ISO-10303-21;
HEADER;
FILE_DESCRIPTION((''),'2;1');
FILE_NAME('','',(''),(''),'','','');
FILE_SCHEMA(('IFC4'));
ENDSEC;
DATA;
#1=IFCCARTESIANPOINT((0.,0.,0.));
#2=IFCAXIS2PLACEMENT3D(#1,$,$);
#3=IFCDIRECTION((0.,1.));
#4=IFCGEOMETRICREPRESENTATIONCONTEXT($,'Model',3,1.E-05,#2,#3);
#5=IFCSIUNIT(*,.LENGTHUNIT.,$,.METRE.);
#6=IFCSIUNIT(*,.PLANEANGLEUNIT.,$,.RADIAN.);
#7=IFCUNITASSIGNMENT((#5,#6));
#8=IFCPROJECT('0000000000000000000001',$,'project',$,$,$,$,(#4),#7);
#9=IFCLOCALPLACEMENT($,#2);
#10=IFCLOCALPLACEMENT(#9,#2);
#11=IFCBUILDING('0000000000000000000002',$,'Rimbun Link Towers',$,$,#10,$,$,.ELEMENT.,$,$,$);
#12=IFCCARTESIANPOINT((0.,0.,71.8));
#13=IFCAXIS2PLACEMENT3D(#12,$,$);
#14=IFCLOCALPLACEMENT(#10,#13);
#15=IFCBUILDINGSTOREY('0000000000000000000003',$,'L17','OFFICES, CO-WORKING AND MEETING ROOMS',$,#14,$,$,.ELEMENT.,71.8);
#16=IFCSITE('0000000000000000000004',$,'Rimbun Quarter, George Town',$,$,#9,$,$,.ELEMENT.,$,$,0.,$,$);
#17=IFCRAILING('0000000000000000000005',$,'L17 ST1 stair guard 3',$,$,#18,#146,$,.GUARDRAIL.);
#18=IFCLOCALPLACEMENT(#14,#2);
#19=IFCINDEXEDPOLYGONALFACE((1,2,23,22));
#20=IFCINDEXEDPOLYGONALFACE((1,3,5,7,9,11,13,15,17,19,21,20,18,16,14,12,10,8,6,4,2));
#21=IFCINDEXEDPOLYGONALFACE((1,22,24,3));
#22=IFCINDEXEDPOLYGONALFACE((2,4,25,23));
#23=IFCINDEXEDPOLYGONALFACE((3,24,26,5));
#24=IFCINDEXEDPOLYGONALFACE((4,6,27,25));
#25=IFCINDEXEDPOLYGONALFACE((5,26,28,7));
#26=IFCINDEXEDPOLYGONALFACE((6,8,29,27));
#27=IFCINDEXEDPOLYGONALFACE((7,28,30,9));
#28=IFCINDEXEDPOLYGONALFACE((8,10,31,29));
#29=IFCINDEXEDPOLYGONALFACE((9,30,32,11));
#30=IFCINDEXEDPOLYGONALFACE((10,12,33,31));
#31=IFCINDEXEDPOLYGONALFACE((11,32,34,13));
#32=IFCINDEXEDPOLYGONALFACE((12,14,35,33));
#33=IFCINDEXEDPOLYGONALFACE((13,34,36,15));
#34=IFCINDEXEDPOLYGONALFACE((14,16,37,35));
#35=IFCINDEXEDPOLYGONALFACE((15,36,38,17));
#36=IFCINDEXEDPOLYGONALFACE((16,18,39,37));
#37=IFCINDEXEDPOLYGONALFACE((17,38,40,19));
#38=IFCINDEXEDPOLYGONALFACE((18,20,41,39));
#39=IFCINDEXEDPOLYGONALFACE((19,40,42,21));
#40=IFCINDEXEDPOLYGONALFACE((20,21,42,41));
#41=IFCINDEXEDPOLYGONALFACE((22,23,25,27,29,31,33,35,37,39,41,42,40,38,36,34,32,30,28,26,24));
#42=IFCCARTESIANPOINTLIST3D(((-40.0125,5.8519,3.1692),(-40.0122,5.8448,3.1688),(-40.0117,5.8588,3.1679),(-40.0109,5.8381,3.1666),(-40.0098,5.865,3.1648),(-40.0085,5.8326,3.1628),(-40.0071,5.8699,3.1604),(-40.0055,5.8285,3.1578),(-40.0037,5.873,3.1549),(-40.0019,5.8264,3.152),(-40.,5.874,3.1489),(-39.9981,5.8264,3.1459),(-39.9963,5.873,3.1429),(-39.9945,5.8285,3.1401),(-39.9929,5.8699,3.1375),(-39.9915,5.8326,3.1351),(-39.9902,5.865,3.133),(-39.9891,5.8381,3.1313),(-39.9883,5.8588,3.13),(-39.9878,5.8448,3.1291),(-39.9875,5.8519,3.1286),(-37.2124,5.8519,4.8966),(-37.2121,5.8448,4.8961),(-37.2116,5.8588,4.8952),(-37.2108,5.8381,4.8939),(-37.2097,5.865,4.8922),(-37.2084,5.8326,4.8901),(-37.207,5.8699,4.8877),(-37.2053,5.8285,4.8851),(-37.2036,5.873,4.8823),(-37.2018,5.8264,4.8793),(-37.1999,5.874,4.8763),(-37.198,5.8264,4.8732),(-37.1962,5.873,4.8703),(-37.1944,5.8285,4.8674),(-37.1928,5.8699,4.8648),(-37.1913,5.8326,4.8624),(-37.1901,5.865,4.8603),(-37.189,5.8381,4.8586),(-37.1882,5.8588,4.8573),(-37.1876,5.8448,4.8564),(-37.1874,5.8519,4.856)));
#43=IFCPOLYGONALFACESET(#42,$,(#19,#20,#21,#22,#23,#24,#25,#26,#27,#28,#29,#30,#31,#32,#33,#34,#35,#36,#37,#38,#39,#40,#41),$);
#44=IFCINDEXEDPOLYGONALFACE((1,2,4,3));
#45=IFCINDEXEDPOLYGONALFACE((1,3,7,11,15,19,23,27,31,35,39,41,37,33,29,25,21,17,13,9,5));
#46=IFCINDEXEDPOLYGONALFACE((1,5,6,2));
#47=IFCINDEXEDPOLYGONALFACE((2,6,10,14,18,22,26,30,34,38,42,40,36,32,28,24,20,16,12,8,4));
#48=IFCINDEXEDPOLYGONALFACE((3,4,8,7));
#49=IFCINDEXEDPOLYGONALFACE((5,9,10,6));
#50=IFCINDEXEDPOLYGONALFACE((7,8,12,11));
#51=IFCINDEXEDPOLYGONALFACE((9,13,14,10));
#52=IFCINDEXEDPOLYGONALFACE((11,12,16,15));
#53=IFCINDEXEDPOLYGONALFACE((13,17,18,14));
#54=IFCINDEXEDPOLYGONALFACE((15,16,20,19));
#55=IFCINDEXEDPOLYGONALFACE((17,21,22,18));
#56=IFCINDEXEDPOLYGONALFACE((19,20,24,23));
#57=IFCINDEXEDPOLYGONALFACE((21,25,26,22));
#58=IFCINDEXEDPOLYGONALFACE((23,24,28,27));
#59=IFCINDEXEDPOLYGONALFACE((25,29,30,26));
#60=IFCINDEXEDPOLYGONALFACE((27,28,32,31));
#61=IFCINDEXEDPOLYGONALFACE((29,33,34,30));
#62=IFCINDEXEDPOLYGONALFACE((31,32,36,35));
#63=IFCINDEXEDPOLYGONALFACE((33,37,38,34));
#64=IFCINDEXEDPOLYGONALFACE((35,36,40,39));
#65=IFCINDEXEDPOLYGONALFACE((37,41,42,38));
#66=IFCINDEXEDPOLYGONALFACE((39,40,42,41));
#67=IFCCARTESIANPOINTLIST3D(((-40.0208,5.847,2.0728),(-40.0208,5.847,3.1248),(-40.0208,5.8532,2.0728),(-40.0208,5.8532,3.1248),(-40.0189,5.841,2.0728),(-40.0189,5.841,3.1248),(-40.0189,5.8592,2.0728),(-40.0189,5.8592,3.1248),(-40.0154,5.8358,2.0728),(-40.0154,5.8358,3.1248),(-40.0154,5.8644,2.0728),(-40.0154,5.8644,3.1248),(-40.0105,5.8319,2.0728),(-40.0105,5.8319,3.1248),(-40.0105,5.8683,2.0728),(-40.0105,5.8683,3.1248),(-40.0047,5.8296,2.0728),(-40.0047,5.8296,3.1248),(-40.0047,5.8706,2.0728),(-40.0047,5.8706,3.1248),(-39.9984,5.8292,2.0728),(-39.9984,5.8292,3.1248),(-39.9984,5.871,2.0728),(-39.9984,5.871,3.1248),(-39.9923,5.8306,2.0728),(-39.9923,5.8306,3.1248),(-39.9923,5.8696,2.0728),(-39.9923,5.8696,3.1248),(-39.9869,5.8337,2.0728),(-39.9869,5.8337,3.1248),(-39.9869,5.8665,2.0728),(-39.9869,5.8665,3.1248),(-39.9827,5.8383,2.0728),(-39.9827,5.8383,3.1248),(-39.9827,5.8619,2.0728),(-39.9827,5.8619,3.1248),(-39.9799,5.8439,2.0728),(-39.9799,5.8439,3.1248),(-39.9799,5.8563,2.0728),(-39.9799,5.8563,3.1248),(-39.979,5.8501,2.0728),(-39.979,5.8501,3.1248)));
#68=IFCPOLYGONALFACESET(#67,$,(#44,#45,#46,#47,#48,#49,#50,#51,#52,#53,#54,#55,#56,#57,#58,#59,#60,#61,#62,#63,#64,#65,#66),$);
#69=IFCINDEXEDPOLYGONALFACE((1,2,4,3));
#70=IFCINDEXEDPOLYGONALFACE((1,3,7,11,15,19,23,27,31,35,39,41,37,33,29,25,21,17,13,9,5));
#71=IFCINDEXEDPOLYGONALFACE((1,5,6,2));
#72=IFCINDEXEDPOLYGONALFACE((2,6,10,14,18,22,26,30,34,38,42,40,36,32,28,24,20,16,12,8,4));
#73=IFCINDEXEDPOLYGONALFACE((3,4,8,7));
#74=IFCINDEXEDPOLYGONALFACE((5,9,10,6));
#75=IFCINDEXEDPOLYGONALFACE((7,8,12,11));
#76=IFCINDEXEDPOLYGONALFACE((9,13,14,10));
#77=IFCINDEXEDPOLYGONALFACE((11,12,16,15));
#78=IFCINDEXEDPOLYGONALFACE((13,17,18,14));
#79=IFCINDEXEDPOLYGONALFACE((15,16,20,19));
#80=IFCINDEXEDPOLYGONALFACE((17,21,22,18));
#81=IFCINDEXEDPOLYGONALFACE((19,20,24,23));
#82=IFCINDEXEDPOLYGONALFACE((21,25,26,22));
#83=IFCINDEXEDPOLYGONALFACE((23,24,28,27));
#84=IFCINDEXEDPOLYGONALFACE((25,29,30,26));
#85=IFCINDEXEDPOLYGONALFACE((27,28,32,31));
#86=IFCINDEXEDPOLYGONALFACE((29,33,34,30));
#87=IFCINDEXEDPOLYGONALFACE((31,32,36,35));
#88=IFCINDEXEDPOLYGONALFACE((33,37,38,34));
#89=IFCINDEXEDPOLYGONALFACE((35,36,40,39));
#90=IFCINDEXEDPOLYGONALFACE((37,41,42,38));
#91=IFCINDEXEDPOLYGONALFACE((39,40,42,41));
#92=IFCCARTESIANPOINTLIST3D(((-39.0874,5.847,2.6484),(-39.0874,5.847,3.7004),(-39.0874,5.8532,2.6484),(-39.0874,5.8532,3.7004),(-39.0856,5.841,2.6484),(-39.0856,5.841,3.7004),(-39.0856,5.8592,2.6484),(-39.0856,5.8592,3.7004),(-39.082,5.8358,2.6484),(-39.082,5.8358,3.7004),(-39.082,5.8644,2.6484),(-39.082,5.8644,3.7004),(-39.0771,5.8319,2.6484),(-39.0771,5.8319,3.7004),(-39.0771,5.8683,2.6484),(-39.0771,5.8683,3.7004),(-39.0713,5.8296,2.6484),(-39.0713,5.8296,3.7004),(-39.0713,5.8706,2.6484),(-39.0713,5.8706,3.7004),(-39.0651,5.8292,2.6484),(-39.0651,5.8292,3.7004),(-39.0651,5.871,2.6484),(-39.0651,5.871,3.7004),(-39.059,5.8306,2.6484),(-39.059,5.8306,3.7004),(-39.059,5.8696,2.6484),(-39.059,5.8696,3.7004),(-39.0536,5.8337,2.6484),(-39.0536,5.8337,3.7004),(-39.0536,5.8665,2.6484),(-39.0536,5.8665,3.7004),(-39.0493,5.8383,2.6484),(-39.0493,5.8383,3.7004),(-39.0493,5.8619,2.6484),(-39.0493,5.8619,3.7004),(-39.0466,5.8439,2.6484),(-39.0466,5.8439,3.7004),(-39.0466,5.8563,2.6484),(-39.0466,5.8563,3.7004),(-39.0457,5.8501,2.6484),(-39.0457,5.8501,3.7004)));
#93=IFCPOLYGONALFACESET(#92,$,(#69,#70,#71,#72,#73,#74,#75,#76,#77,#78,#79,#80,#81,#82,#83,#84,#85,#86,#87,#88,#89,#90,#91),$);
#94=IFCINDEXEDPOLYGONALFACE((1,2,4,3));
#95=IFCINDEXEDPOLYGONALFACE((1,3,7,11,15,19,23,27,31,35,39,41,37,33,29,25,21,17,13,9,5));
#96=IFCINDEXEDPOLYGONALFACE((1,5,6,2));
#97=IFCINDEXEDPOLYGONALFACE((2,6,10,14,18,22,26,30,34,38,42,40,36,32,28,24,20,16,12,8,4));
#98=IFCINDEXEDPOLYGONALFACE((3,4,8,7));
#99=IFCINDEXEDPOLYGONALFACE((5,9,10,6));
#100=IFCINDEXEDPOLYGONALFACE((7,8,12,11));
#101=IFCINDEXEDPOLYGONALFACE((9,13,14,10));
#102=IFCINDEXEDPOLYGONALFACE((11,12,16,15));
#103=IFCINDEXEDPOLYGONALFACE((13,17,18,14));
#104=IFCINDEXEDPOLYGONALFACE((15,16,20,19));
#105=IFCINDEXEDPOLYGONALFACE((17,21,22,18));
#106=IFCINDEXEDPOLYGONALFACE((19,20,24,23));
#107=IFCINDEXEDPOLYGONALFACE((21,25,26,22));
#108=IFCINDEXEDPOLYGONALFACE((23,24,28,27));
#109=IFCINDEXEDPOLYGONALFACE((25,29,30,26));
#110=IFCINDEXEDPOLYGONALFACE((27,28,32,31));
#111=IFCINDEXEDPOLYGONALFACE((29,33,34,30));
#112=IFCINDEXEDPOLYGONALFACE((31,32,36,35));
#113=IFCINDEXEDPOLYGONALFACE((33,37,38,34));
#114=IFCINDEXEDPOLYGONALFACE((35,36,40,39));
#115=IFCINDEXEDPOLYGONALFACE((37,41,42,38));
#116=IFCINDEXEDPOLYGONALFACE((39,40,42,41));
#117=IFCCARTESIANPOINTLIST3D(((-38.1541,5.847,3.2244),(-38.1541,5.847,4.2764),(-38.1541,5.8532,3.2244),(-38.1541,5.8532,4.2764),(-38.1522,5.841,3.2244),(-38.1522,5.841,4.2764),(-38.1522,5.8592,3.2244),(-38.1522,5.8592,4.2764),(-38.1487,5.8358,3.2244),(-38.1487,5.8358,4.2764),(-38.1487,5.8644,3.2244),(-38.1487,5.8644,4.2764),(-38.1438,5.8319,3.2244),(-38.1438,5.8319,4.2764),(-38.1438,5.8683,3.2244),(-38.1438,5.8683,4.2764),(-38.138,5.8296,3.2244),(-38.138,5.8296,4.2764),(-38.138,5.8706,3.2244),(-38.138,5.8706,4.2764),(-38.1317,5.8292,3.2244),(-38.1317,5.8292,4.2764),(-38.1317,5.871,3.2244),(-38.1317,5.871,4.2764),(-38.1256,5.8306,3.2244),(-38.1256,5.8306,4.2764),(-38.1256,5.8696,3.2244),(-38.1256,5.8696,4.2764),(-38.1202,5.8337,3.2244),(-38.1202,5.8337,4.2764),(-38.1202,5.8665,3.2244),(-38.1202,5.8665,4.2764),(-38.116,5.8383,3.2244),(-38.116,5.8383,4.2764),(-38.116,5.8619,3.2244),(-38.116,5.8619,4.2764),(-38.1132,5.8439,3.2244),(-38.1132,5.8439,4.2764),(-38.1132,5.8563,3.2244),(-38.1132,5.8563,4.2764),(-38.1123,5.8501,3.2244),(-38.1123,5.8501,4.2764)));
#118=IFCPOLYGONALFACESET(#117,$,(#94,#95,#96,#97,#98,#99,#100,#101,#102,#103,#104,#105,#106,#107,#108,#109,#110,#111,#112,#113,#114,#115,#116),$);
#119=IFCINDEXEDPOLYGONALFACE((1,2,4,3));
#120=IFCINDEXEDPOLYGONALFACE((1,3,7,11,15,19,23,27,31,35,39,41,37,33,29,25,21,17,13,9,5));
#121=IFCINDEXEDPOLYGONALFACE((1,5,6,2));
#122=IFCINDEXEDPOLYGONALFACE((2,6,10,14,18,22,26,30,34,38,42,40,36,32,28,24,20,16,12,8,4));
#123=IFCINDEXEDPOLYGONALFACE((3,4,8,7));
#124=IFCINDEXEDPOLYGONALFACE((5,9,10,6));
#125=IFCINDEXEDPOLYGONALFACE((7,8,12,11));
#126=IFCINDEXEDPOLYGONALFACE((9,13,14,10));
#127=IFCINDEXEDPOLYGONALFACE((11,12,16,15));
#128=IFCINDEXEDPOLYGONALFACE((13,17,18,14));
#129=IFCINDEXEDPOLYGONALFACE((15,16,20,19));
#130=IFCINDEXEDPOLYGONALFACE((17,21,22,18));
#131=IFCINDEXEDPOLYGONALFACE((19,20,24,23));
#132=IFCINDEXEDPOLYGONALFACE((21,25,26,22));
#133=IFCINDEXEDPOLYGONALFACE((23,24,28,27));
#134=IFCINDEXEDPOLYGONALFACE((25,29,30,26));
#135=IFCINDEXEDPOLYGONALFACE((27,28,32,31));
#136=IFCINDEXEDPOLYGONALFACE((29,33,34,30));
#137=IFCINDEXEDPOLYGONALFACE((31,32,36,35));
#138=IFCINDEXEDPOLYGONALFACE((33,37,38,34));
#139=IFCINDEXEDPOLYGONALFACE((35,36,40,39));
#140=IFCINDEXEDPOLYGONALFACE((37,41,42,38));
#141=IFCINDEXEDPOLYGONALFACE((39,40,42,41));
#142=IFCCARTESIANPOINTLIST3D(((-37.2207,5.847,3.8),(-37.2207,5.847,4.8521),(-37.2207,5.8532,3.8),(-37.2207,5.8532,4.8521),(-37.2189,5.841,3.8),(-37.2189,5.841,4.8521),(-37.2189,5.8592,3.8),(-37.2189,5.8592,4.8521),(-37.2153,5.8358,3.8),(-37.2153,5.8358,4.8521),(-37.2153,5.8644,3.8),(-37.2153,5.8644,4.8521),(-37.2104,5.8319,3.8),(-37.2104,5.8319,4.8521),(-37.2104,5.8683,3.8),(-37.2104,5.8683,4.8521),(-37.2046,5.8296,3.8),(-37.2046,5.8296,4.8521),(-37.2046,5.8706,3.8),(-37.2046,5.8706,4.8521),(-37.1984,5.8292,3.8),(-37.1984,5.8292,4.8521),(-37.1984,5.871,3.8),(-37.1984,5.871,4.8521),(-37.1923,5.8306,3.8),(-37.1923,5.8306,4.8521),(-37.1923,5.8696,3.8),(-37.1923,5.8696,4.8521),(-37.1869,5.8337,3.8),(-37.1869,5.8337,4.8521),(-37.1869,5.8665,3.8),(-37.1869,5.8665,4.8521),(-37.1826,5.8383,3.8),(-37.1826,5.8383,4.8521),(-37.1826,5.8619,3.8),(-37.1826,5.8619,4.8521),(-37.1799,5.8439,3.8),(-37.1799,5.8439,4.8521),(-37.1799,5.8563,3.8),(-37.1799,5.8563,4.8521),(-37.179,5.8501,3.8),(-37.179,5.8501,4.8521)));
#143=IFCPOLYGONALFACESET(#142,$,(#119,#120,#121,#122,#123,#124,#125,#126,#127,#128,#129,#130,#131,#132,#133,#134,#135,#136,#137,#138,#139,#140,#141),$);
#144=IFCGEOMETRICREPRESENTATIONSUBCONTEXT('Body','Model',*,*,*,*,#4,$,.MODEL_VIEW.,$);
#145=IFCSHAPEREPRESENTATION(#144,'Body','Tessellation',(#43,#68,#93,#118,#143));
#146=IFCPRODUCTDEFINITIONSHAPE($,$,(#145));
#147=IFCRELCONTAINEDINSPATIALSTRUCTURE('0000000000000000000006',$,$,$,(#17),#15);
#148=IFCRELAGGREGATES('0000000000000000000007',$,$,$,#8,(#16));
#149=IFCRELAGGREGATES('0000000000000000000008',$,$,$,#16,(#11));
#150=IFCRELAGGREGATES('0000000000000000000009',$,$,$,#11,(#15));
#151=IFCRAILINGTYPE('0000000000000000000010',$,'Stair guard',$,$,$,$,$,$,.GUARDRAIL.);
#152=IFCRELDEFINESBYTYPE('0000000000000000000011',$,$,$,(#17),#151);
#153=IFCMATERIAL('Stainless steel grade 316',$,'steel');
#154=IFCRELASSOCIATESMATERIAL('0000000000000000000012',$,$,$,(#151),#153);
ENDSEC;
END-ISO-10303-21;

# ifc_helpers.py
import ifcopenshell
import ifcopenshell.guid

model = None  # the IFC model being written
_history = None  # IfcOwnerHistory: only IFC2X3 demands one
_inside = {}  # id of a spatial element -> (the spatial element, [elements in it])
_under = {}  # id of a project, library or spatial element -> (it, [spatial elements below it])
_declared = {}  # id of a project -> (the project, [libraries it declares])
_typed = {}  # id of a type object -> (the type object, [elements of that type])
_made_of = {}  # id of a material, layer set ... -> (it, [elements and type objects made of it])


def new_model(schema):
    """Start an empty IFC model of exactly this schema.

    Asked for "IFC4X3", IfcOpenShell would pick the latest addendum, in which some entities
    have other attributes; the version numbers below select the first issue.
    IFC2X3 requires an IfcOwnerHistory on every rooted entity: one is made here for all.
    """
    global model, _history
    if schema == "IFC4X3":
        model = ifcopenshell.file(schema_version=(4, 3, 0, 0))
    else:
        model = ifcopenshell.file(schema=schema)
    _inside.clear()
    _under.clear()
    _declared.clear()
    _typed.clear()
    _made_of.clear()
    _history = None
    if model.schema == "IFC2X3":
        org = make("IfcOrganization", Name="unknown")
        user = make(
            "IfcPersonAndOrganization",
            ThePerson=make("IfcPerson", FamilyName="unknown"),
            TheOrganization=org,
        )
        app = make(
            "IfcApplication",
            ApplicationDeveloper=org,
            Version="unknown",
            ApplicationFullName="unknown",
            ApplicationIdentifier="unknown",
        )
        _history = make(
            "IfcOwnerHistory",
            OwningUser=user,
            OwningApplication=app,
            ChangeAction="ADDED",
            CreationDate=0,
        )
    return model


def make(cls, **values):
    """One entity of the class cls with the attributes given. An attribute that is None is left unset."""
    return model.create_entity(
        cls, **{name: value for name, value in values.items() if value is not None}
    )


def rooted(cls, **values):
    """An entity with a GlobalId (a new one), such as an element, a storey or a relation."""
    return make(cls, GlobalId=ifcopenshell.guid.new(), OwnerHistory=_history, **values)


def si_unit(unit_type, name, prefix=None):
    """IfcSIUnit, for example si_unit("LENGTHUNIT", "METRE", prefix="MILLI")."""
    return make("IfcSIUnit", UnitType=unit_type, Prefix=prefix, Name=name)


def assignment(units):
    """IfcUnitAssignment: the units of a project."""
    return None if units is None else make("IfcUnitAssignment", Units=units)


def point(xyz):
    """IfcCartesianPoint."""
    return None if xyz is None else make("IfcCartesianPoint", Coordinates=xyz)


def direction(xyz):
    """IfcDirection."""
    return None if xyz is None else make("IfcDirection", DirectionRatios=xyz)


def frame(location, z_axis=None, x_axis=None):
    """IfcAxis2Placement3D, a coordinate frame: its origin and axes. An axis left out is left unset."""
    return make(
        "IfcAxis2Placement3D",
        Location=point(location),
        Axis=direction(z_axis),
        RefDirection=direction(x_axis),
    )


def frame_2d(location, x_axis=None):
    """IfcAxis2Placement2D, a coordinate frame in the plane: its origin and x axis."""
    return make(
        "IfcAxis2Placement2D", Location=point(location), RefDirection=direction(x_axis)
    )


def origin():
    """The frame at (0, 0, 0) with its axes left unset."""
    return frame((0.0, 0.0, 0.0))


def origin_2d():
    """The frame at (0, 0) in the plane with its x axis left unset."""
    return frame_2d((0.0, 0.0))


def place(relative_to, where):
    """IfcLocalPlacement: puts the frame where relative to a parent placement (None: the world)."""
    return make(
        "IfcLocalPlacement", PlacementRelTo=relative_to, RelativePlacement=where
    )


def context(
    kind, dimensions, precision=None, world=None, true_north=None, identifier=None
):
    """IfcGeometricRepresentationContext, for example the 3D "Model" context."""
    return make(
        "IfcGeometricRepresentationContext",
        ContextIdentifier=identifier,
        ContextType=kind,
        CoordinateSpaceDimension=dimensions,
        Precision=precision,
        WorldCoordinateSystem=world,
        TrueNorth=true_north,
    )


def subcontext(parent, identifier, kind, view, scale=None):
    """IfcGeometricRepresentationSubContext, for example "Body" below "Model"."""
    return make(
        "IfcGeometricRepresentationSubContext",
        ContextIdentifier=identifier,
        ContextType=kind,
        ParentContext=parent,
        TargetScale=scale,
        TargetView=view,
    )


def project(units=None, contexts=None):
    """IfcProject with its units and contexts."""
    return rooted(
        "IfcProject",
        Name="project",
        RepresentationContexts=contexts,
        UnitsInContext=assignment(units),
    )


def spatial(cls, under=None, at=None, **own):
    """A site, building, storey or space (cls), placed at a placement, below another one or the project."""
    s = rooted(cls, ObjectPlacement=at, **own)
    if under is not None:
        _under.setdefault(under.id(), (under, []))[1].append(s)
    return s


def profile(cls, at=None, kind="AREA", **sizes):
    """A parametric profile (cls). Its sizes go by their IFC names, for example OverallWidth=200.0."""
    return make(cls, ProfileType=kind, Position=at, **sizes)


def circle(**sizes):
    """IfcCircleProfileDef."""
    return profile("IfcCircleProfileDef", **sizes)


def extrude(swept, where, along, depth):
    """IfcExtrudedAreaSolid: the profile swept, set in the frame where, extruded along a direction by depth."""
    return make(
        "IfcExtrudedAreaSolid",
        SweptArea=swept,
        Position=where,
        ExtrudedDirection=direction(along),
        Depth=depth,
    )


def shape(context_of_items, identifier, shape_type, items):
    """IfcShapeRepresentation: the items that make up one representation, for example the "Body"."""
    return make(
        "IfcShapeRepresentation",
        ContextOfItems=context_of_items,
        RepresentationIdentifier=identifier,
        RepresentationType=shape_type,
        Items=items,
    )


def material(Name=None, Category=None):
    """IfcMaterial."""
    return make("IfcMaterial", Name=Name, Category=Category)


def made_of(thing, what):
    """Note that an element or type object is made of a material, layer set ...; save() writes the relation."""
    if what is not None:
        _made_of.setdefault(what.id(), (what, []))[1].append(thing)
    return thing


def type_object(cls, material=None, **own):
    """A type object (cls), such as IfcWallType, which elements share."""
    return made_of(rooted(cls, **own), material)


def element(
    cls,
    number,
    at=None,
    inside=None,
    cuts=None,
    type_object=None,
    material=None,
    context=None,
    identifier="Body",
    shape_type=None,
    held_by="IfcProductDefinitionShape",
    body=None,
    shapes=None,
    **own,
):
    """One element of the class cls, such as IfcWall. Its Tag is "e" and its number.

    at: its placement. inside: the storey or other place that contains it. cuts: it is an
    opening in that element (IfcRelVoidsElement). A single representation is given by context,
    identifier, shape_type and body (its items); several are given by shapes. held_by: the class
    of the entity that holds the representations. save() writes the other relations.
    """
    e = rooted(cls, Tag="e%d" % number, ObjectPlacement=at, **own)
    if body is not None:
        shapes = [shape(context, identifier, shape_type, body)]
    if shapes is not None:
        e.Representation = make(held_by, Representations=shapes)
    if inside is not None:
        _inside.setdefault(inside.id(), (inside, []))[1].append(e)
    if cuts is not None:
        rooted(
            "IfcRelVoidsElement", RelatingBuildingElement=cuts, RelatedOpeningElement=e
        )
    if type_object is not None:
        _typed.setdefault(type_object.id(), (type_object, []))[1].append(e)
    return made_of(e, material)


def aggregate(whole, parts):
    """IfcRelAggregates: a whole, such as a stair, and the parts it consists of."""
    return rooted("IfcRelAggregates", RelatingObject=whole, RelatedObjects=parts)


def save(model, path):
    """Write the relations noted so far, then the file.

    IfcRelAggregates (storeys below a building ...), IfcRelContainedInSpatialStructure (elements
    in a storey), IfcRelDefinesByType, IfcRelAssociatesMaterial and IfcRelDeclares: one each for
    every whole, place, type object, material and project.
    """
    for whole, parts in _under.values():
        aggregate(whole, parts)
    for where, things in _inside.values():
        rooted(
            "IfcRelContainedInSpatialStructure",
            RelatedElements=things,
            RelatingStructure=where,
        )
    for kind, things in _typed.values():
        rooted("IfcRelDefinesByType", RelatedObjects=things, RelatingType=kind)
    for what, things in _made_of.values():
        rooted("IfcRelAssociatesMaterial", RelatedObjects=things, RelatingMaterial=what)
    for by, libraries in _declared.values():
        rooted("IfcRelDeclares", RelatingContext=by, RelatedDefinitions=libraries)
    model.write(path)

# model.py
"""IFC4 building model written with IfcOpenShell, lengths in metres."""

from ifc_helpers import new_model, si_unit, direction, frame, origin, origin_2d, place, context, subcontext, project, spatial, circle, extrude, material, type_object, element, save


model = new_model("IFC4")

# Units and contexts
model_context = context("Model", 3, precision=1e-05, world=origin(), true_north=direction((0.0, 1.0)))
body_context = subcontext(model_context, "Body", "Model", "MODEL_VIEW")
ifc_project = project(units=[si_unit("LENGTHUNIT", "METRE"), si_unit("PLANEANGLEUNIT", "RADIAN")], contexts=[model_context])

# Site, building, storey
site_placement = place(None, origin())
site = spatial("IfcSite", under=ifc_project, at=site_placement, Name="Rimbun Quarter, George Town", CompositionType="ELEMENT", RefElevation=0.0)
building_placement = place(site_placement, origin())
building = spatial("IfcBuilding", under=site, at=building_placement, Name="Rimbun Link Towers", CompositionType="ELEMENT")
storey_placement = place(building_placement, frame((0.0, 0.0, 71.8)))
storey = spatial("IfcBuildingStorey", under=building, at=storey_placement, Name="L17", Description="OFFICES, CO-WORKING AND MEETING ROOMS", CompositionType="ELEMENT", Elevation=71.8)

# Railing
ifc_material_1 = material(Name="Stainless steel grade 316", Category="steel")
railing_type_1 = type_object("IfcRailingType", Name="Stair guard", PredefinedType="GUARDRAIL", material=ifc_material_1)
railing_1_placement = place(storey_placement, frame((-40.0, 5.8501, 2.0728)))
element("IfcRailing", 1, at=railing_1_placement, inside=storey, type_object=railing_type_1, Name="L17 ST1 stair guard 3", PredefinedType="GUARDRAIL", context=body_context, shape_type="SweptSolid", body=[
    extrude(circle(Radius=0.0239, at=origin_2d()), frame((0.0, 0.0, 1.0762), z_axis=(0.85109, 0.0, 0.52502), x_axis=(0.0, 1.0, 0.0)), (0.0, 0.0, 1.0), 3.29),
    extrude(circle(Radius=0.021, at=origin_2d()), origin(), (0.0, 0.0, 1.0), 1.052),
    extrude(circle(Radius=0.021, at=origin_2d()), frame((0.9333, 0.0, 0.5757)), (0.0, 0.0, 1.0), 1.052),
    extrude(circle(Radius=0.021, at=origin_2d()), frame((1.8667, 0.0, 1.1516)), (0.0, 0.0, 1.0), 1.052),
    extrude(circle(Radius=0.021, at=origin_2d()), frame((2.8, 0.0, 1.7273)), (0.0, 0.0, 1.0), 1.052),
])

save(model, "model.ifc")
